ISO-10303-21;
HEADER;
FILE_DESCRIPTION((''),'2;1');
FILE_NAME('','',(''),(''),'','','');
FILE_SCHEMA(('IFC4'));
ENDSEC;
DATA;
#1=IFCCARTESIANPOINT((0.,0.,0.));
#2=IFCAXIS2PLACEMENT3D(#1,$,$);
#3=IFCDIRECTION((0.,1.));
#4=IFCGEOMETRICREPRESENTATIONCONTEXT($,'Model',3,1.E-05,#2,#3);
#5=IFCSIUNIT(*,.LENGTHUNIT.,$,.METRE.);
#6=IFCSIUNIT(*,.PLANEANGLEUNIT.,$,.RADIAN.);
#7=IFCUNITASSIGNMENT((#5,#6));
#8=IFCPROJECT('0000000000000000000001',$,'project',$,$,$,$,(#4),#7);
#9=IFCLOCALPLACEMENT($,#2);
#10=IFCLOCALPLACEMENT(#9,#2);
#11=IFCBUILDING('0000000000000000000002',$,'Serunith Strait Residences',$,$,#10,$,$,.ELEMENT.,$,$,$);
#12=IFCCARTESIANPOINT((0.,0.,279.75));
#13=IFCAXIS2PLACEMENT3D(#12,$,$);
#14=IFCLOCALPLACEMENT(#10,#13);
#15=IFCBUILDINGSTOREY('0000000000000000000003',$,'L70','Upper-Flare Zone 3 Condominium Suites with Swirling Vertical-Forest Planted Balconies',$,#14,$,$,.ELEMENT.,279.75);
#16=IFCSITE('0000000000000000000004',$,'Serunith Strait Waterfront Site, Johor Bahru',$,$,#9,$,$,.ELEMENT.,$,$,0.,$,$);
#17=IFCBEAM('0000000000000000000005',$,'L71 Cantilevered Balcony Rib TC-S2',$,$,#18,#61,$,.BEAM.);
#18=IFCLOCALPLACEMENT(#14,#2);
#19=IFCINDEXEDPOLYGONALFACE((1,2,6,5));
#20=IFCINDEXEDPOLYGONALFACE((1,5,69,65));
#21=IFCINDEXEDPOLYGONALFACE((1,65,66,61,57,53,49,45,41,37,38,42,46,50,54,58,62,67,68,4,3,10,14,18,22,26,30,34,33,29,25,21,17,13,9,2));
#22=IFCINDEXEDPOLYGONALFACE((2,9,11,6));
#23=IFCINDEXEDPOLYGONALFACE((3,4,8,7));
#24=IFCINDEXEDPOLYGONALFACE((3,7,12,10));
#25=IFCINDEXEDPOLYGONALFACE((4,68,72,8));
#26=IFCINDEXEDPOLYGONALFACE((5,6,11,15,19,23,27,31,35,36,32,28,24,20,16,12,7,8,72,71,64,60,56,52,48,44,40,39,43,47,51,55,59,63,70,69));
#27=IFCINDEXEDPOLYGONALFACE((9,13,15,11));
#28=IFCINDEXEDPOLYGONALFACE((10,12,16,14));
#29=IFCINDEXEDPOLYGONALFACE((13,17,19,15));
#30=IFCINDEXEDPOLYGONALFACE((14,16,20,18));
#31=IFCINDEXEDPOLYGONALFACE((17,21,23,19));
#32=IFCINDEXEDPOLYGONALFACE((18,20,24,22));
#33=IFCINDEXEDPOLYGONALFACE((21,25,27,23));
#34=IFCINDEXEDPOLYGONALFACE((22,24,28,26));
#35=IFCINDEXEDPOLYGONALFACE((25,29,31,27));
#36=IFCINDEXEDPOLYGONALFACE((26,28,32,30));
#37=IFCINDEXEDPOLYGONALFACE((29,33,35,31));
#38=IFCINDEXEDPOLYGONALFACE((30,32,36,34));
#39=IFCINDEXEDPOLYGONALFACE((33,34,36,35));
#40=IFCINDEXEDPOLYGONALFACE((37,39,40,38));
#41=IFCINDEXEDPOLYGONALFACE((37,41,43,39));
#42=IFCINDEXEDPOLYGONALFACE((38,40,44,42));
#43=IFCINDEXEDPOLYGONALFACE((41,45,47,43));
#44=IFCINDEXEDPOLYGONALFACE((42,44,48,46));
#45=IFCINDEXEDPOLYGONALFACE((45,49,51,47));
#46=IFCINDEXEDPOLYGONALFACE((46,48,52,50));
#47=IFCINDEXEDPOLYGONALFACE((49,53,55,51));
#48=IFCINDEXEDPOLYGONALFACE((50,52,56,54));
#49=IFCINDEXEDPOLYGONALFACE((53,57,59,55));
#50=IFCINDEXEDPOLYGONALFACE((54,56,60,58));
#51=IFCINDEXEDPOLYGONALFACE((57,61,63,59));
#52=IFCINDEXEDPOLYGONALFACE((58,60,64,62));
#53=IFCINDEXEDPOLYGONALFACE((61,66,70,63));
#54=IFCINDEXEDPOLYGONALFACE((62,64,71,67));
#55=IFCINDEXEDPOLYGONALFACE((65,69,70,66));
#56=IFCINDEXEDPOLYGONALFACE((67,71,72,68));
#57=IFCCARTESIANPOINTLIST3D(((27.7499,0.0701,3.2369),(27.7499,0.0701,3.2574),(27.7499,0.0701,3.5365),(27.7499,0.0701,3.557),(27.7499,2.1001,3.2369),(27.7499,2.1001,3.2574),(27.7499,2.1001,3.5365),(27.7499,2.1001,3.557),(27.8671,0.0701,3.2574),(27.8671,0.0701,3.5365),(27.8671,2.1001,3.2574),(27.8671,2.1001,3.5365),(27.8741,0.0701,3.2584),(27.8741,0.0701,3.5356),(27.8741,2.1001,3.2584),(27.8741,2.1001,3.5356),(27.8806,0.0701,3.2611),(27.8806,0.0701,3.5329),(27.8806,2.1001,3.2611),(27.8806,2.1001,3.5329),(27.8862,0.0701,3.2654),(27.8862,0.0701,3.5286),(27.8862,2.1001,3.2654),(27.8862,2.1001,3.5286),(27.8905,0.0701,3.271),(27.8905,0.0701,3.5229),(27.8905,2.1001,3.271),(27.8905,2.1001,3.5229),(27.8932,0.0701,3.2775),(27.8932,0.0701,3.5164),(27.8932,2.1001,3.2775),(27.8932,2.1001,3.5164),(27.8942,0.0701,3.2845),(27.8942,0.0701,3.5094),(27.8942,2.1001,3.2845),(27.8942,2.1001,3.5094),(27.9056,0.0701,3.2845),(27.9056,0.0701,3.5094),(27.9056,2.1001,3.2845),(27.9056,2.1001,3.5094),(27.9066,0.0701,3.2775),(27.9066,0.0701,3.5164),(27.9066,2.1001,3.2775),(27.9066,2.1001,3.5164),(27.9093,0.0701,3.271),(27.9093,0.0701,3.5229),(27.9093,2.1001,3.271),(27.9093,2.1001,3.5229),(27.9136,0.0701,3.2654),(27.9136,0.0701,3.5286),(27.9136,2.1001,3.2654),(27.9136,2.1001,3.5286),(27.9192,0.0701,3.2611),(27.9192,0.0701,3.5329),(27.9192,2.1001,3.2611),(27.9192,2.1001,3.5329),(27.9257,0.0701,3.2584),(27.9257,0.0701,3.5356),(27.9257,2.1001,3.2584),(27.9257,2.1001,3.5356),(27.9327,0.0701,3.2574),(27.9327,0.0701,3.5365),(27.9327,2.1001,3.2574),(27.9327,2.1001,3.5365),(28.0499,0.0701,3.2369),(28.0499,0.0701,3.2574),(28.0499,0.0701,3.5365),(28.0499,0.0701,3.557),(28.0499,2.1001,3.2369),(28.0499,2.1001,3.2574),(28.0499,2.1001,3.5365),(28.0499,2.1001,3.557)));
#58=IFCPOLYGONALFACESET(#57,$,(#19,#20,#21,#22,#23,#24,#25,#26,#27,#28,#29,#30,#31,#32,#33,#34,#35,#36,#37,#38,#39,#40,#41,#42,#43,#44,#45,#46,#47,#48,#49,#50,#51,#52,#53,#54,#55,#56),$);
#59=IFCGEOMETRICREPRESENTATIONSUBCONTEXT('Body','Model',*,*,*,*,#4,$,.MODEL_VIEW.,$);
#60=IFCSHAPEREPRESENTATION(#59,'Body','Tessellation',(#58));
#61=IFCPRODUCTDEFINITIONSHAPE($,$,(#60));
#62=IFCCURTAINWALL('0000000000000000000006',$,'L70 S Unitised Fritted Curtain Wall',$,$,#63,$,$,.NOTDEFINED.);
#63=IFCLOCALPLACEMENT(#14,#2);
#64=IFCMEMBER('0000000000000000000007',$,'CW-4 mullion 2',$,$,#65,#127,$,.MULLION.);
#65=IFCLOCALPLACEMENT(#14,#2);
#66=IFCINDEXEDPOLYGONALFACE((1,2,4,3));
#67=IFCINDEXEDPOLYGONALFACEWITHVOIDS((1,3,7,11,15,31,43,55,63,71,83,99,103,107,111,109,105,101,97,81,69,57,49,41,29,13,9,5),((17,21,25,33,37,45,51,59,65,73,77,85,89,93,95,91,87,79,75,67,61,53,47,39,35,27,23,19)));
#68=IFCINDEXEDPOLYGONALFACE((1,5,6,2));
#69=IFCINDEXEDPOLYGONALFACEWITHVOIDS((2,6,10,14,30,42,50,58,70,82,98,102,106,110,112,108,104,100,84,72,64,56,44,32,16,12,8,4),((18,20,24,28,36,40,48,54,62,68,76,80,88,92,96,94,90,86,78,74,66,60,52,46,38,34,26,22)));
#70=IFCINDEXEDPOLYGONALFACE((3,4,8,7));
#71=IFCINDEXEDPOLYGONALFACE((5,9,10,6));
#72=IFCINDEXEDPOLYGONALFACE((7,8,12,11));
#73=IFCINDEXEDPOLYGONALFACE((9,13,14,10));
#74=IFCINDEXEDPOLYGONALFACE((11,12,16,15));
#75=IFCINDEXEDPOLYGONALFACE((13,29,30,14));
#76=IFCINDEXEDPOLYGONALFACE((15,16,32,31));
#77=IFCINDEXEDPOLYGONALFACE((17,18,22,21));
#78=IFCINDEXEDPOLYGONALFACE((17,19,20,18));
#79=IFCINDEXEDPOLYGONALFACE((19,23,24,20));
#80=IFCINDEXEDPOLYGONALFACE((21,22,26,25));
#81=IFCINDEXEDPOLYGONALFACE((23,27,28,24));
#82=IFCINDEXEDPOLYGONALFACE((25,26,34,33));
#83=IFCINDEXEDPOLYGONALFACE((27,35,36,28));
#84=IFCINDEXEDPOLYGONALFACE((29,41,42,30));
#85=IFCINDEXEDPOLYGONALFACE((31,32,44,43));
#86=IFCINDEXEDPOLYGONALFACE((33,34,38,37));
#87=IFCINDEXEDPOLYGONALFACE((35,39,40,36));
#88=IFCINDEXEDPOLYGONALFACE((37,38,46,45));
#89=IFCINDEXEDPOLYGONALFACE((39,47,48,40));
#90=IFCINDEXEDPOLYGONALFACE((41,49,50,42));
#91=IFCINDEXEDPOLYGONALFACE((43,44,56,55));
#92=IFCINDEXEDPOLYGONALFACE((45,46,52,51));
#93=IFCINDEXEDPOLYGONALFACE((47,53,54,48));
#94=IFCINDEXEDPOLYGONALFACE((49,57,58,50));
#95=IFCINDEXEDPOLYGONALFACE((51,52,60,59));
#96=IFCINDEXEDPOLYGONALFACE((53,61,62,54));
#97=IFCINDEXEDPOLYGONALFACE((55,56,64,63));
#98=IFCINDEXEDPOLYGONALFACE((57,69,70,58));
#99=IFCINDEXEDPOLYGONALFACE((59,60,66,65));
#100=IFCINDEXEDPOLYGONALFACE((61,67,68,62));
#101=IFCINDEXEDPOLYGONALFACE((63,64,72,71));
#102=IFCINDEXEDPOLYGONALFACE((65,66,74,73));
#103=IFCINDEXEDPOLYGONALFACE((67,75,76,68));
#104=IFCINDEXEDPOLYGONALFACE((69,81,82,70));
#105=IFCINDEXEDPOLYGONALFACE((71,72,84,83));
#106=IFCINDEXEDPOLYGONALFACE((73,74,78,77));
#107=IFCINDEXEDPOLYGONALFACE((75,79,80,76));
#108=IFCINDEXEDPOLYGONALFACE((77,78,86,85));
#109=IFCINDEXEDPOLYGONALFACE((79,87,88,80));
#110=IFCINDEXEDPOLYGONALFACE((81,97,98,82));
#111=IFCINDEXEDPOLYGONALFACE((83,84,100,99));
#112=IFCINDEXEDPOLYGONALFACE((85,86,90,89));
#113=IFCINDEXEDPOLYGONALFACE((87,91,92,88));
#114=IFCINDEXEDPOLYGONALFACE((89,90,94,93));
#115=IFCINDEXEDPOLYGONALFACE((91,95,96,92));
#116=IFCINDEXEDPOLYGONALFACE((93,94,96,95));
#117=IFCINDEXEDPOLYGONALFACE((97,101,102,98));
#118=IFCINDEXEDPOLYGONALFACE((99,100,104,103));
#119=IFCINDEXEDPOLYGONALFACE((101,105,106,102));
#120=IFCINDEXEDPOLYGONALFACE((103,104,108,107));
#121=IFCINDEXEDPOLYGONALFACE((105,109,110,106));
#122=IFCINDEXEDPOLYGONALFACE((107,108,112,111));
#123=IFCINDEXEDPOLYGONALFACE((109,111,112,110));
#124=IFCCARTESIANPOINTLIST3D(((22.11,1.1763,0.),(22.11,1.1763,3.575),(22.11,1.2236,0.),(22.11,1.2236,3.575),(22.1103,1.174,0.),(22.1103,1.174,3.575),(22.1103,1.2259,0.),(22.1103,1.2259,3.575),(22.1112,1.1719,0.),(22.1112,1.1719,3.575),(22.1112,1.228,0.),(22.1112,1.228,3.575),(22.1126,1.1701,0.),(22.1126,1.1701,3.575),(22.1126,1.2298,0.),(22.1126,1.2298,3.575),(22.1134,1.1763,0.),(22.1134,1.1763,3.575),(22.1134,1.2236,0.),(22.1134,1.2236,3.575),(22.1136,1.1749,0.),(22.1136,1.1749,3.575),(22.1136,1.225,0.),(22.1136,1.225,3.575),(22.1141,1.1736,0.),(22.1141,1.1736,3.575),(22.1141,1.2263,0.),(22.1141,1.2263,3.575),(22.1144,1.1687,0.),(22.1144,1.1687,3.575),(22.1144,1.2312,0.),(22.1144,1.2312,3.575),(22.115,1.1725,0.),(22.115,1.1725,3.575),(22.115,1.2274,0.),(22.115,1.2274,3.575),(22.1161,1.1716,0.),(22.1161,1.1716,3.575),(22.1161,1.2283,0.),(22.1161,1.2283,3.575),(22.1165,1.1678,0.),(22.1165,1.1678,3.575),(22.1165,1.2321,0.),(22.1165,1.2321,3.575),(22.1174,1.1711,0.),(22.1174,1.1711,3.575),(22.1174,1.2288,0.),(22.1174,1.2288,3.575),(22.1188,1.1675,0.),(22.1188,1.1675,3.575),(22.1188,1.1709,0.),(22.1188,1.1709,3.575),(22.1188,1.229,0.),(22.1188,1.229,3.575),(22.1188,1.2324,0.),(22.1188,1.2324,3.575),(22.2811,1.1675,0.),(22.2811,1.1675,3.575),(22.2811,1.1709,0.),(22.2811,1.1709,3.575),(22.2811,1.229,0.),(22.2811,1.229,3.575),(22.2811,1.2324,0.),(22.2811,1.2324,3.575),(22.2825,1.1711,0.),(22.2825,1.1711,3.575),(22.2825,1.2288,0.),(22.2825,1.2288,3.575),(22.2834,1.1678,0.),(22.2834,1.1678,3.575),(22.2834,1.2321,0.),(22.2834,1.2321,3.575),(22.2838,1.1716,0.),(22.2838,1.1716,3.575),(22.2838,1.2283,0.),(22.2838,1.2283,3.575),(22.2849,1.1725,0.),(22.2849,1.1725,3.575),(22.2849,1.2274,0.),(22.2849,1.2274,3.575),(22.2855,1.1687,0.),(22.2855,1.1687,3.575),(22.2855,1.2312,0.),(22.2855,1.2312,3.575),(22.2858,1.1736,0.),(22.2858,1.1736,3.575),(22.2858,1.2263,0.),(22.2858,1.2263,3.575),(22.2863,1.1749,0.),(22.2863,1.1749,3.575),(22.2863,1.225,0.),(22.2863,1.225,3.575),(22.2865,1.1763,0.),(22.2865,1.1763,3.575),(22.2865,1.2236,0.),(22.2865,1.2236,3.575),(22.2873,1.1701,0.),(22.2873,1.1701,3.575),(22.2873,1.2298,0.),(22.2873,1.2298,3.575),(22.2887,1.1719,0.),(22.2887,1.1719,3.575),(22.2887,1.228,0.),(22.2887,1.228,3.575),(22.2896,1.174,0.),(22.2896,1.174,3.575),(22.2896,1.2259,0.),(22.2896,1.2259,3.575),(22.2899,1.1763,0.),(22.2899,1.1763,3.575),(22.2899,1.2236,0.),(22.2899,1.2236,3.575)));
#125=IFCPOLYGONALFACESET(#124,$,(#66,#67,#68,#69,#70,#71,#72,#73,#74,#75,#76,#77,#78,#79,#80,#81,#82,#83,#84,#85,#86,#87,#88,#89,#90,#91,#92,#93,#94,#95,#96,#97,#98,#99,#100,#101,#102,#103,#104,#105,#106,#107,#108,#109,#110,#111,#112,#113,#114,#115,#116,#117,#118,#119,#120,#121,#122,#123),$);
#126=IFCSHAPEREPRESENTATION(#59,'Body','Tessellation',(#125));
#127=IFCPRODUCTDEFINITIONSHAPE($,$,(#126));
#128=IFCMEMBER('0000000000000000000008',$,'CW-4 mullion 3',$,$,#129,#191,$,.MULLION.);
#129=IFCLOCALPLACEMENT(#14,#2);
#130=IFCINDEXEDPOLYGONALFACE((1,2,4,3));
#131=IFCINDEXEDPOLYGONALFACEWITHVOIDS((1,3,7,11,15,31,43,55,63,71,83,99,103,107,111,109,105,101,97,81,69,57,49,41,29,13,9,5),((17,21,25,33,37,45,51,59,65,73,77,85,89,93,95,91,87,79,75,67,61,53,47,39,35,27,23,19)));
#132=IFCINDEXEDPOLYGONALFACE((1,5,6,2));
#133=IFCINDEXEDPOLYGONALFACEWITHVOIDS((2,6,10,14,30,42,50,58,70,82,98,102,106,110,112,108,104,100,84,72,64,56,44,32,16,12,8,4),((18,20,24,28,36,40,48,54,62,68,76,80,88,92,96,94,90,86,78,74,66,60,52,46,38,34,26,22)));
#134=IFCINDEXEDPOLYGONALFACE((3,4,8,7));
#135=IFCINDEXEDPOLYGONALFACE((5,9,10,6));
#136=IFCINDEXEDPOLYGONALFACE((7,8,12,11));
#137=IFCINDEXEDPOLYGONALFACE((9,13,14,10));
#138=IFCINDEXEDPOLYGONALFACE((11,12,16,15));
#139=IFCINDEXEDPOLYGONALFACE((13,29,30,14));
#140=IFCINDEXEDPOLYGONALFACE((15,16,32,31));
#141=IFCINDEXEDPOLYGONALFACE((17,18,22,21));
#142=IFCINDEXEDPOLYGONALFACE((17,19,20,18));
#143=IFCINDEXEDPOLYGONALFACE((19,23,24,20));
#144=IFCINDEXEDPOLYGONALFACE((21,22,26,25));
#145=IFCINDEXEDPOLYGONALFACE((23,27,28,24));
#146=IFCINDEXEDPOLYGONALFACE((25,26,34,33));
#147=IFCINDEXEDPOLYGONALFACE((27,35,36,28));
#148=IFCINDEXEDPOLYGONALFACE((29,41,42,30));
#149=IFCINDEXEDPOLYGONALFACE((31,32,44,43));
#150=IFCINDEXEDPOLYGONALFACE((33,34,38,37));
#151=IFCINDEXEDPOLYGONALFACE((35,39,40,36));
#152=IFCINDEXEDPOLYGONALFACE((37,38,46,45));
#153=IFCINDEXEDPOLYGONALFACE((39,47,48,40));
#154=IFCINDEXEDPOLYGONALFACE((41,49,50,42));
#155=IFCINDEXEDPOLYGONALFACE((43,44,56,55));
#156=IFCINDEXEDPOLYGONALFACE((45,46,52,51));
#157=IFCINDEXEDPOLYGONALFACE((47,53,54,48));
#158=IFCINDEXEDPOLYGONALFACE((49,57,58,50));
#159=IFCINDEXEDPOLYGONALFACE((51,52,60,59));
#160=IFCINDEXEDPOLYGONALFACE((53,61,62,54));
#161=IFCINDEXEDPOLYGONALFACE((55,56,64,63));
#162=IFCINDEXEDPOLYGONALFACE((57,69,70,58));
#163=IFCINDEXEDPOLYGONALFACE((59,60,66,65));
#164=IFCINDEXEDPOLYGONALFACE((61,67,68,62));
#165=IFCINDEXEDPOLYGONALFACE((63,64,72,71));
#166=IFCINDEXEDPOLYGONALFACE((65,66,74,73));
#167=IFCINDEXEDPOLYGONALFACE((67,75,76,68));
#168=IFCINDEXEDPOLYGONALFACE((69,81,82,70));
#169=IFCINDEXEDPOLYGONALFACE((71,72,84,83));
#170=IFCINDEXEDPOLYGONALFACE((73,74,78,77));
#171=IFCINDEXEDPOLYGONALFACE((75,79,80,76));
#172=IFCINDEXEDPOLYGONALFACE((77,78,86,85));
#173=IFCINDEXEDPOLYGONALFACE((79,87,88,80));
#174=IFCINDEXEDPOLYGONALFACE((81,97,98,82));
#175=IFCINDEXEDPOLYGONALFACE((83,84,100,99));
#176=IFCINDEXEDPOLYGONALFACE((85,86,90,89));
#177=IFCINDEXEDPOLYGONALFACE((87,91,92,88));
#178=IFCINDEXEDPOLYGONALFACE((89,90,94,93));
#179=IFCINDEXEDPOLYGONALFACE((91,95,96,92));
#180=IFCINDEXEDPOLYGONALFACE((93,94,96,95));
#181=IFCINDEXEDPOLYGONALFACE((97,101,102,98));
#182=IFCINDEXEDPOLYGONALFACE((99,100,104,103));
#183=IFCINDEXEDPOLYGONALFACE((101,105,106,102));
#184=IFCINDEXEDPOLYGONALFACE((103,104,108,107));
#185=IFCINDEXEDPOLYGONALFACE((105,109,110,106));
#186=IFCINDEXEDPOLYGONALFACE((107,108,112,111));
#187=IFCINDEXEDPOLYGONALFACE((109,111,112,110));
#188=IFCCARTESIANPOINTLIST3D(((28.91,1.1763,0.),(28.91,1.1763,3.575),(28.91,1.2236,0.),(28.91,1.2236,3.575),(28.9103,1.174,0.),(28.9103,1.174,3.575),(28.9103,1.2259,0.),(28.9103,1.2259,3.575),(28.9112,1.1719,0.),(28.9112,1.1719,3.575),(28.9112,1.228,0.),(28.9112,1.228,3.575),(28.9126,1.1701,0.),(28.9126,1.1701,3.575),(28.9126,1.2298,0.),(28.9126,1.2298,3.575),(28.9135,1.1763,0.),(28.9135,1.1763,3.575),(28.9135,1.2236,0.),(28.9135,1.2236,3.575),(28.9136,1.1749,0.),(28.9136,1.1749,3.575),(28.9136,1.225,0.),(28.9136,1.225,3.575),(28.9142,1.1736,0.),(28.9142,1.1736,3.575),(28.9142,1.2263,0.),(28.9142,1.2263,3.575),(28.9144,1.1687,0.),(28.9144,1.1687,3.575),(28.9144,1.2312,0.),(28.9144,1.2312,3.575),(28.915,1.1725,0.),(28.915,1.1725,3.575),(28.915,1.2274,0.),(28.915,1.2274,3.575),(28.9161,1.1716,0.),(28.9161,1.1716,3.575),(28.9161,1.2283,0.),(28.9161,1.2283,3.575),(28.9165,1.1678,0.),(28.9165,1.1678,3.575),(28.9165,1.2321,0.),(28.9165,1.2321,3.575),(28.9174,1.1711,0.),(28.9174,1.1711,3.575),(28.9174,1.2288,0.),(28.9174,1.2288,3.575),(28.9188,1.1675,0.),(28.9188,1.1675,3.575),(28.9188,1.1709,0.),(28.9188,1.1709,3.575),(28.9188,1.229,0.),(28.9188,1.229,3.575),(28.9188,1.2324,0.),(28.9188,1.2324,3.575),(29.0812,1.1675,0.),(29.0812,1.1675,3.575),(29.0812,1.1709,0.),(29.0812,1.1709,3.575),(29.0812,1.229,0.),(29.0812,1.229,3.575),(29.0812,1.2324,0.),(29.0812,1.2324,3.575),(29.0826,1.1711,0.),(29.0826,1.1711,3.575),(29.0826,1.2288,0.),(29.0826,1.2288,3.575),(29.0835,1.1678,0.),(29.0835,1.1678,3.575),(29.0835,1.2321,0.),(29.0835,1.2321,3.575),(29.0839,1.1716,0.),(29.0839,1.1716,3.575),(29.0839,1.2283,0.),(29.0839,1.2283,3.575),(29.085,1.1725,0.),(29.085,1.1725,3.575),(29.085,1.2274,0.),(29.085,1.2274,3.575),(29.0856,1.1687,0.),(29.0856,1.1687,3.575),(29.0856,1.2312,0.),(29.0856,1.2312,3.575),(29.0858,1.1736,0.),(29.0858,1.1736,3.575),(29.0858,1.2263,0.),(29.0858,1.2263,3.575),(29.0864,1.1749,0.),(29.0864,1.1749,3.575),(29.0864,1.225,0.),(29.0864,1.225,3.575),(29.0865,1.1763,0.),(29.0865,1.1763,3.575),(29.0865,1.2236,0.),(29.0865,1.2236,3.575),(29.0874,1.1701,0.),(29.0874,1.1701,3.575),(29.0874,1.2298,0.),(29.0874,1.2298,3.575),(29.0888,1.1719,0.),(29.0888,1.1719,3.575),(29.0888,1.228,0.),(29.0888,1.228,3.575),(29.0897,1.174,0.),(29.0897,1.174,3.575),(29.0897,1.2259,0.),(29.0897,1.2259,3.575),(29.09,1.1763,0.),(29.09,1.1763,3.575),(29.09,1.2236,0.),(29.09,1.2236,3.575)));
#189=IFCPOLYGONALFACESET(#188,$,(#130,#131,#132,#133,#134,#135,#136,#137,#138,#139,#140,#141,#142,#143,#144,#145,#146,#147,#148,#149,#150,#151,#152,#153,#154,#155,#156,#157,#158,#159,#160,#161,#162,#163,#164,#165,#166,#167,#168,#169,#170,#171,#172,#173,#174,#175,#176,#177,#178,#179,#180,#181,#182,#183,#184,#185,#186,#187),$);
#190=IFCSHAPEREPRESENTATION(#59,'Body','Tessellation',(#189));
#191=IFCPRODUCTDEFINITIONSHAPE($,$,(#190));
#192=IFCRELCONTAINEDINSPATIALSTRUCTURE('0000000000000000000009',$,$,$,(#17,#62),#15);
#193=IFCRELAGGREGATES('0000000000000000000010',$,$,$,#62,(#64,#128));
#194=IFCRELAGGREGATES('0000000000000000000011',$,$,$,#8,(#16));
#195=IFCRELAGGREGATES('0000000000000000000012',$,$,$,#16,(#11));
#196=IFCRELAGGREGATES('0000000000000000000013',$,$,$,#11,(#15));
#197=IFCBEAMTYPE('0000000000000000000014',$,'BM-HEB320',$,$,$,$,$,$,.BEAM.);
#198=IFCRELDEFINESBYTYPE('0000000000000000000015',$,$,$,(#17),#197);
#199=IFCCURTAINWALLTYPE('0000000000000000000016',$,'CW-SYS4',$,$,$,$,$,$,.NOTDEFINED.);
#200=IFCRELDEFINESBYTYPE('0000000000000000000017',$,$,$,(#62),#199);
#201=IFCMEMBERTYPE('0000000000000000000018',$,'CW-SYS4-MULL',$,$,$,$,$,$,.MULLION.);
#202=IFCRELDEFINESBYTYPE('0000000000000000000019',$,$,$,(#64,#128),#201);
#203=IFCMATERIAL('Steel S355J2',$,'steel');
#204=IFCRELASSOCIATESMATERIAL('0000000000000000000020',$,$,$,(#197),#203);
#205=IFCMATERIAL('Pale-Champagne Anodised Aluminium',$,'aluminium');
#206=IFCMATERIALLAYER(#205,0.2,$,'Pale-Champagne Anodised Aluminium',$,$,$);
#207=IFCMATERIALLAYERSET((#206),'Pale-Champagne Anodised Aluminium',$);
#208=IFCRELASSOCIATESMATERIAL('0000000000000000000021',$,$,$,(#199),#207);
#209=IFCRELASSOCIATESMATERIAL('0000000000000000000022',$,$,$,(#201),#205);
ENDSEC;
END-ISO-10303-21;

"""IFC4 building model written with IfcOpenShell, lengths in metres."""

from ifc_helpers import new_model, si_unit, direction, frame, origin, origin_2d, place, context, subcontext, project, spatial, hollow_rectangle, i_section, extrude, source, transform, mapped, material, layer, layer_set, material_profile, profile_set, type_object, element, aggregate, save


model = new_model("IFC4")

# Units and contexts
model_context = context("Model", 3, precision=1e-05, world=origin(), true_north=direction((0.0, 1.0)))
body_context = subcontext(model_context, "Body", "Model", "MODEL_VIEW")
ifc_project = project(units=[si_unit("LENGTHUNIT", "METRE"), si_unit("PLANEANGLEUNIT", "RADIAN")], contexts=[model_context])

# Site, building, storey
site_placement = place(None, origin())
site = spatial("IfcSite", under=ifc_project, at=site_placement, Name="Serunith Strait Waterfront Site, Johor Bahru", CompositionType="ELEMENT", RefElevation=0.0)
building_placement = place(site_placement, origin())
building = spatial("IfcBuilding", under=site, at=building_placement, Name="Serunith Strait Residences", CompositionType="ELEMENT")
storey_placement = place(building_placement, frame((0.0, 0.0, 279.75)))
storey = spatial("IfcBuildingStorey", under=building, at=storey_placement, Name="L70", Description="Upper-Flare Zone 3 Condominium Suites with Swirling Vertical-Forest Planted Balconies", CompositionType="ELEMENT", Elevation=279.75)

# Beam
ifc_material_1 = material(Name="Steel S355J2", Category="steel")
ifc_material_profile_1 = material_profile(ifc_material_1, i_section(OverallWidth=0.3, OverallDepth=0.3201, WebThickness=0.0115, FlangeThickness=0.0205, FilletRadius=0.0271, at=origin_2d()), Name="HEB 320")
ifc_profile_set_1 = profile_set([ifc_material_profile_1], Name="Steel S355J2")
beam_type_1 = type_object("IfcBeamType", Name="BM-HEB320", PredefinedType="BEAM", material=ifc_profile_set_1)
shared_shape_1 = source(origin(), body_context, "Body", "SweptSolid", [
    extrude(i_section(OverallWidth=0.3, OverallDepth=0.3201, WebThickness=0.0115, FlangeThickness=0.0205, FilletRadius=0.0271, at=origin_2d()), origin(), (0.0, 0.0, 1.0), 2.03),
])
beam_1_placement = place(storey_placement, frame((27.8999, 2.1001, 3.397), z_axis=(0.0, -1.0, 0.0), x_axis=(1.0, 0.0, 0.0)))
element("IfcBeam", 1, at=beam_1_placement, inside=storey, type_object=beam_type_1, Name="L71 Cantilevered Balcony Rib TC-S2", PredefinedType="BEAM", context=body_context, shape_type="MappedRepresentation", body=[
    mapped(shared_shape_1, transform((0.0, 0.0, 0.0), scale=1.0)),
])

# Curtain wall, members
ifc_material_2 = material(Name="Pale-Champagne Anodised Aluminium", Category="aluminium")
ifc_layer_1 = layer(ifc_material_2, 0.2, Name="Pale-Champagne Anodised Aluminium")
ifc_layer_set_1 = layer_set([ifc_layer_1], Name="Pale-Champagne Anodised Aluminium")
curtain_wall_type = type_object("IfcCurtainWallType", Name="CW-SYS4", PredefinedType="NOTDEFINED", material=ifc_layer_set_1)
curtain_wall_placement = place(storey_placement, origin())
curtain_wall = element("IfcCurtainWall", 2, at=curtain_wall_placement, inside=storey, type_object=curtain_wall_type, Name="L70 S Unitised Fritted Curtain Wall", PredefinedType="NOTDEFINED")
ifc_material_profile_2 = material_profile(ifc_material_2, hollow_rectangle(XDim=0.0649, YDim=0.1799, WallThickness=0.0034, InnerFilletRadius=0.0054, OuterFilletRadius=0.0088, at=origin_2d()), Name="ALU 180x65x3.5")
ifc_profile_set_2 = profile_set([ifc_material_profile_2], Name="Pale-Champagne Anodised Aluminium")
member_type_1 = type_object("IfcMemberType", Name="CW-SYS4-MULL", PredefinedType="MULLION", material=ifc_profile_set_2)
shared_shape_2 = source(origin(), body_context, "Body", "SweptSolid", [
    extrude(hollow_rectangle(XDim=0.0649, YDim=0.1799, WallThickness=0.0034, InnerFilletRadius=0.0054, OuterFilletRadius=0.0088, at=origin_2d()), origin(), (0.0, 0.0, 1.0), 3.575),
])
member_1_placement = place(storey_placement, frame((22.2, 1.2, 0.0), z_axis=(0.0, 0.0, 1.0), x_axis=(0.0, 1.0, 0.0)))
member_1 = element("IfcMember", 3, at=member_1_placement, type_object=member_type_1, Name="CW-4 mullion 2", PredefinedType="MULLION", context=body_context, shape_type="MappedRepresentation", body=[
    mapped(shared_shape_2, transform((0.0, 0.0, 0.0), scale=1.0)),
])
member_2_placement = place(storey_placement, frame((29.0, 1.2, 0.0), z_axis=(0.0, 0.0, 1.0), x_axis=(0.0, 1.0, 0.0)))
member_2 = element("IfcMember", 4, at=member_2_placement, type_object=member_type_1, Name="CW-4 mullion 3", PredefinedType="MULLION", context=body_context, shape_type="MappedRepresentation", body=[
    mapped(shared_shape_2, transform((0.0, 0.0, 0.0), scale=1.0)),
])
aggregate(curtain_wall, [member_1, member_2])

save(model, "model.ifc")
